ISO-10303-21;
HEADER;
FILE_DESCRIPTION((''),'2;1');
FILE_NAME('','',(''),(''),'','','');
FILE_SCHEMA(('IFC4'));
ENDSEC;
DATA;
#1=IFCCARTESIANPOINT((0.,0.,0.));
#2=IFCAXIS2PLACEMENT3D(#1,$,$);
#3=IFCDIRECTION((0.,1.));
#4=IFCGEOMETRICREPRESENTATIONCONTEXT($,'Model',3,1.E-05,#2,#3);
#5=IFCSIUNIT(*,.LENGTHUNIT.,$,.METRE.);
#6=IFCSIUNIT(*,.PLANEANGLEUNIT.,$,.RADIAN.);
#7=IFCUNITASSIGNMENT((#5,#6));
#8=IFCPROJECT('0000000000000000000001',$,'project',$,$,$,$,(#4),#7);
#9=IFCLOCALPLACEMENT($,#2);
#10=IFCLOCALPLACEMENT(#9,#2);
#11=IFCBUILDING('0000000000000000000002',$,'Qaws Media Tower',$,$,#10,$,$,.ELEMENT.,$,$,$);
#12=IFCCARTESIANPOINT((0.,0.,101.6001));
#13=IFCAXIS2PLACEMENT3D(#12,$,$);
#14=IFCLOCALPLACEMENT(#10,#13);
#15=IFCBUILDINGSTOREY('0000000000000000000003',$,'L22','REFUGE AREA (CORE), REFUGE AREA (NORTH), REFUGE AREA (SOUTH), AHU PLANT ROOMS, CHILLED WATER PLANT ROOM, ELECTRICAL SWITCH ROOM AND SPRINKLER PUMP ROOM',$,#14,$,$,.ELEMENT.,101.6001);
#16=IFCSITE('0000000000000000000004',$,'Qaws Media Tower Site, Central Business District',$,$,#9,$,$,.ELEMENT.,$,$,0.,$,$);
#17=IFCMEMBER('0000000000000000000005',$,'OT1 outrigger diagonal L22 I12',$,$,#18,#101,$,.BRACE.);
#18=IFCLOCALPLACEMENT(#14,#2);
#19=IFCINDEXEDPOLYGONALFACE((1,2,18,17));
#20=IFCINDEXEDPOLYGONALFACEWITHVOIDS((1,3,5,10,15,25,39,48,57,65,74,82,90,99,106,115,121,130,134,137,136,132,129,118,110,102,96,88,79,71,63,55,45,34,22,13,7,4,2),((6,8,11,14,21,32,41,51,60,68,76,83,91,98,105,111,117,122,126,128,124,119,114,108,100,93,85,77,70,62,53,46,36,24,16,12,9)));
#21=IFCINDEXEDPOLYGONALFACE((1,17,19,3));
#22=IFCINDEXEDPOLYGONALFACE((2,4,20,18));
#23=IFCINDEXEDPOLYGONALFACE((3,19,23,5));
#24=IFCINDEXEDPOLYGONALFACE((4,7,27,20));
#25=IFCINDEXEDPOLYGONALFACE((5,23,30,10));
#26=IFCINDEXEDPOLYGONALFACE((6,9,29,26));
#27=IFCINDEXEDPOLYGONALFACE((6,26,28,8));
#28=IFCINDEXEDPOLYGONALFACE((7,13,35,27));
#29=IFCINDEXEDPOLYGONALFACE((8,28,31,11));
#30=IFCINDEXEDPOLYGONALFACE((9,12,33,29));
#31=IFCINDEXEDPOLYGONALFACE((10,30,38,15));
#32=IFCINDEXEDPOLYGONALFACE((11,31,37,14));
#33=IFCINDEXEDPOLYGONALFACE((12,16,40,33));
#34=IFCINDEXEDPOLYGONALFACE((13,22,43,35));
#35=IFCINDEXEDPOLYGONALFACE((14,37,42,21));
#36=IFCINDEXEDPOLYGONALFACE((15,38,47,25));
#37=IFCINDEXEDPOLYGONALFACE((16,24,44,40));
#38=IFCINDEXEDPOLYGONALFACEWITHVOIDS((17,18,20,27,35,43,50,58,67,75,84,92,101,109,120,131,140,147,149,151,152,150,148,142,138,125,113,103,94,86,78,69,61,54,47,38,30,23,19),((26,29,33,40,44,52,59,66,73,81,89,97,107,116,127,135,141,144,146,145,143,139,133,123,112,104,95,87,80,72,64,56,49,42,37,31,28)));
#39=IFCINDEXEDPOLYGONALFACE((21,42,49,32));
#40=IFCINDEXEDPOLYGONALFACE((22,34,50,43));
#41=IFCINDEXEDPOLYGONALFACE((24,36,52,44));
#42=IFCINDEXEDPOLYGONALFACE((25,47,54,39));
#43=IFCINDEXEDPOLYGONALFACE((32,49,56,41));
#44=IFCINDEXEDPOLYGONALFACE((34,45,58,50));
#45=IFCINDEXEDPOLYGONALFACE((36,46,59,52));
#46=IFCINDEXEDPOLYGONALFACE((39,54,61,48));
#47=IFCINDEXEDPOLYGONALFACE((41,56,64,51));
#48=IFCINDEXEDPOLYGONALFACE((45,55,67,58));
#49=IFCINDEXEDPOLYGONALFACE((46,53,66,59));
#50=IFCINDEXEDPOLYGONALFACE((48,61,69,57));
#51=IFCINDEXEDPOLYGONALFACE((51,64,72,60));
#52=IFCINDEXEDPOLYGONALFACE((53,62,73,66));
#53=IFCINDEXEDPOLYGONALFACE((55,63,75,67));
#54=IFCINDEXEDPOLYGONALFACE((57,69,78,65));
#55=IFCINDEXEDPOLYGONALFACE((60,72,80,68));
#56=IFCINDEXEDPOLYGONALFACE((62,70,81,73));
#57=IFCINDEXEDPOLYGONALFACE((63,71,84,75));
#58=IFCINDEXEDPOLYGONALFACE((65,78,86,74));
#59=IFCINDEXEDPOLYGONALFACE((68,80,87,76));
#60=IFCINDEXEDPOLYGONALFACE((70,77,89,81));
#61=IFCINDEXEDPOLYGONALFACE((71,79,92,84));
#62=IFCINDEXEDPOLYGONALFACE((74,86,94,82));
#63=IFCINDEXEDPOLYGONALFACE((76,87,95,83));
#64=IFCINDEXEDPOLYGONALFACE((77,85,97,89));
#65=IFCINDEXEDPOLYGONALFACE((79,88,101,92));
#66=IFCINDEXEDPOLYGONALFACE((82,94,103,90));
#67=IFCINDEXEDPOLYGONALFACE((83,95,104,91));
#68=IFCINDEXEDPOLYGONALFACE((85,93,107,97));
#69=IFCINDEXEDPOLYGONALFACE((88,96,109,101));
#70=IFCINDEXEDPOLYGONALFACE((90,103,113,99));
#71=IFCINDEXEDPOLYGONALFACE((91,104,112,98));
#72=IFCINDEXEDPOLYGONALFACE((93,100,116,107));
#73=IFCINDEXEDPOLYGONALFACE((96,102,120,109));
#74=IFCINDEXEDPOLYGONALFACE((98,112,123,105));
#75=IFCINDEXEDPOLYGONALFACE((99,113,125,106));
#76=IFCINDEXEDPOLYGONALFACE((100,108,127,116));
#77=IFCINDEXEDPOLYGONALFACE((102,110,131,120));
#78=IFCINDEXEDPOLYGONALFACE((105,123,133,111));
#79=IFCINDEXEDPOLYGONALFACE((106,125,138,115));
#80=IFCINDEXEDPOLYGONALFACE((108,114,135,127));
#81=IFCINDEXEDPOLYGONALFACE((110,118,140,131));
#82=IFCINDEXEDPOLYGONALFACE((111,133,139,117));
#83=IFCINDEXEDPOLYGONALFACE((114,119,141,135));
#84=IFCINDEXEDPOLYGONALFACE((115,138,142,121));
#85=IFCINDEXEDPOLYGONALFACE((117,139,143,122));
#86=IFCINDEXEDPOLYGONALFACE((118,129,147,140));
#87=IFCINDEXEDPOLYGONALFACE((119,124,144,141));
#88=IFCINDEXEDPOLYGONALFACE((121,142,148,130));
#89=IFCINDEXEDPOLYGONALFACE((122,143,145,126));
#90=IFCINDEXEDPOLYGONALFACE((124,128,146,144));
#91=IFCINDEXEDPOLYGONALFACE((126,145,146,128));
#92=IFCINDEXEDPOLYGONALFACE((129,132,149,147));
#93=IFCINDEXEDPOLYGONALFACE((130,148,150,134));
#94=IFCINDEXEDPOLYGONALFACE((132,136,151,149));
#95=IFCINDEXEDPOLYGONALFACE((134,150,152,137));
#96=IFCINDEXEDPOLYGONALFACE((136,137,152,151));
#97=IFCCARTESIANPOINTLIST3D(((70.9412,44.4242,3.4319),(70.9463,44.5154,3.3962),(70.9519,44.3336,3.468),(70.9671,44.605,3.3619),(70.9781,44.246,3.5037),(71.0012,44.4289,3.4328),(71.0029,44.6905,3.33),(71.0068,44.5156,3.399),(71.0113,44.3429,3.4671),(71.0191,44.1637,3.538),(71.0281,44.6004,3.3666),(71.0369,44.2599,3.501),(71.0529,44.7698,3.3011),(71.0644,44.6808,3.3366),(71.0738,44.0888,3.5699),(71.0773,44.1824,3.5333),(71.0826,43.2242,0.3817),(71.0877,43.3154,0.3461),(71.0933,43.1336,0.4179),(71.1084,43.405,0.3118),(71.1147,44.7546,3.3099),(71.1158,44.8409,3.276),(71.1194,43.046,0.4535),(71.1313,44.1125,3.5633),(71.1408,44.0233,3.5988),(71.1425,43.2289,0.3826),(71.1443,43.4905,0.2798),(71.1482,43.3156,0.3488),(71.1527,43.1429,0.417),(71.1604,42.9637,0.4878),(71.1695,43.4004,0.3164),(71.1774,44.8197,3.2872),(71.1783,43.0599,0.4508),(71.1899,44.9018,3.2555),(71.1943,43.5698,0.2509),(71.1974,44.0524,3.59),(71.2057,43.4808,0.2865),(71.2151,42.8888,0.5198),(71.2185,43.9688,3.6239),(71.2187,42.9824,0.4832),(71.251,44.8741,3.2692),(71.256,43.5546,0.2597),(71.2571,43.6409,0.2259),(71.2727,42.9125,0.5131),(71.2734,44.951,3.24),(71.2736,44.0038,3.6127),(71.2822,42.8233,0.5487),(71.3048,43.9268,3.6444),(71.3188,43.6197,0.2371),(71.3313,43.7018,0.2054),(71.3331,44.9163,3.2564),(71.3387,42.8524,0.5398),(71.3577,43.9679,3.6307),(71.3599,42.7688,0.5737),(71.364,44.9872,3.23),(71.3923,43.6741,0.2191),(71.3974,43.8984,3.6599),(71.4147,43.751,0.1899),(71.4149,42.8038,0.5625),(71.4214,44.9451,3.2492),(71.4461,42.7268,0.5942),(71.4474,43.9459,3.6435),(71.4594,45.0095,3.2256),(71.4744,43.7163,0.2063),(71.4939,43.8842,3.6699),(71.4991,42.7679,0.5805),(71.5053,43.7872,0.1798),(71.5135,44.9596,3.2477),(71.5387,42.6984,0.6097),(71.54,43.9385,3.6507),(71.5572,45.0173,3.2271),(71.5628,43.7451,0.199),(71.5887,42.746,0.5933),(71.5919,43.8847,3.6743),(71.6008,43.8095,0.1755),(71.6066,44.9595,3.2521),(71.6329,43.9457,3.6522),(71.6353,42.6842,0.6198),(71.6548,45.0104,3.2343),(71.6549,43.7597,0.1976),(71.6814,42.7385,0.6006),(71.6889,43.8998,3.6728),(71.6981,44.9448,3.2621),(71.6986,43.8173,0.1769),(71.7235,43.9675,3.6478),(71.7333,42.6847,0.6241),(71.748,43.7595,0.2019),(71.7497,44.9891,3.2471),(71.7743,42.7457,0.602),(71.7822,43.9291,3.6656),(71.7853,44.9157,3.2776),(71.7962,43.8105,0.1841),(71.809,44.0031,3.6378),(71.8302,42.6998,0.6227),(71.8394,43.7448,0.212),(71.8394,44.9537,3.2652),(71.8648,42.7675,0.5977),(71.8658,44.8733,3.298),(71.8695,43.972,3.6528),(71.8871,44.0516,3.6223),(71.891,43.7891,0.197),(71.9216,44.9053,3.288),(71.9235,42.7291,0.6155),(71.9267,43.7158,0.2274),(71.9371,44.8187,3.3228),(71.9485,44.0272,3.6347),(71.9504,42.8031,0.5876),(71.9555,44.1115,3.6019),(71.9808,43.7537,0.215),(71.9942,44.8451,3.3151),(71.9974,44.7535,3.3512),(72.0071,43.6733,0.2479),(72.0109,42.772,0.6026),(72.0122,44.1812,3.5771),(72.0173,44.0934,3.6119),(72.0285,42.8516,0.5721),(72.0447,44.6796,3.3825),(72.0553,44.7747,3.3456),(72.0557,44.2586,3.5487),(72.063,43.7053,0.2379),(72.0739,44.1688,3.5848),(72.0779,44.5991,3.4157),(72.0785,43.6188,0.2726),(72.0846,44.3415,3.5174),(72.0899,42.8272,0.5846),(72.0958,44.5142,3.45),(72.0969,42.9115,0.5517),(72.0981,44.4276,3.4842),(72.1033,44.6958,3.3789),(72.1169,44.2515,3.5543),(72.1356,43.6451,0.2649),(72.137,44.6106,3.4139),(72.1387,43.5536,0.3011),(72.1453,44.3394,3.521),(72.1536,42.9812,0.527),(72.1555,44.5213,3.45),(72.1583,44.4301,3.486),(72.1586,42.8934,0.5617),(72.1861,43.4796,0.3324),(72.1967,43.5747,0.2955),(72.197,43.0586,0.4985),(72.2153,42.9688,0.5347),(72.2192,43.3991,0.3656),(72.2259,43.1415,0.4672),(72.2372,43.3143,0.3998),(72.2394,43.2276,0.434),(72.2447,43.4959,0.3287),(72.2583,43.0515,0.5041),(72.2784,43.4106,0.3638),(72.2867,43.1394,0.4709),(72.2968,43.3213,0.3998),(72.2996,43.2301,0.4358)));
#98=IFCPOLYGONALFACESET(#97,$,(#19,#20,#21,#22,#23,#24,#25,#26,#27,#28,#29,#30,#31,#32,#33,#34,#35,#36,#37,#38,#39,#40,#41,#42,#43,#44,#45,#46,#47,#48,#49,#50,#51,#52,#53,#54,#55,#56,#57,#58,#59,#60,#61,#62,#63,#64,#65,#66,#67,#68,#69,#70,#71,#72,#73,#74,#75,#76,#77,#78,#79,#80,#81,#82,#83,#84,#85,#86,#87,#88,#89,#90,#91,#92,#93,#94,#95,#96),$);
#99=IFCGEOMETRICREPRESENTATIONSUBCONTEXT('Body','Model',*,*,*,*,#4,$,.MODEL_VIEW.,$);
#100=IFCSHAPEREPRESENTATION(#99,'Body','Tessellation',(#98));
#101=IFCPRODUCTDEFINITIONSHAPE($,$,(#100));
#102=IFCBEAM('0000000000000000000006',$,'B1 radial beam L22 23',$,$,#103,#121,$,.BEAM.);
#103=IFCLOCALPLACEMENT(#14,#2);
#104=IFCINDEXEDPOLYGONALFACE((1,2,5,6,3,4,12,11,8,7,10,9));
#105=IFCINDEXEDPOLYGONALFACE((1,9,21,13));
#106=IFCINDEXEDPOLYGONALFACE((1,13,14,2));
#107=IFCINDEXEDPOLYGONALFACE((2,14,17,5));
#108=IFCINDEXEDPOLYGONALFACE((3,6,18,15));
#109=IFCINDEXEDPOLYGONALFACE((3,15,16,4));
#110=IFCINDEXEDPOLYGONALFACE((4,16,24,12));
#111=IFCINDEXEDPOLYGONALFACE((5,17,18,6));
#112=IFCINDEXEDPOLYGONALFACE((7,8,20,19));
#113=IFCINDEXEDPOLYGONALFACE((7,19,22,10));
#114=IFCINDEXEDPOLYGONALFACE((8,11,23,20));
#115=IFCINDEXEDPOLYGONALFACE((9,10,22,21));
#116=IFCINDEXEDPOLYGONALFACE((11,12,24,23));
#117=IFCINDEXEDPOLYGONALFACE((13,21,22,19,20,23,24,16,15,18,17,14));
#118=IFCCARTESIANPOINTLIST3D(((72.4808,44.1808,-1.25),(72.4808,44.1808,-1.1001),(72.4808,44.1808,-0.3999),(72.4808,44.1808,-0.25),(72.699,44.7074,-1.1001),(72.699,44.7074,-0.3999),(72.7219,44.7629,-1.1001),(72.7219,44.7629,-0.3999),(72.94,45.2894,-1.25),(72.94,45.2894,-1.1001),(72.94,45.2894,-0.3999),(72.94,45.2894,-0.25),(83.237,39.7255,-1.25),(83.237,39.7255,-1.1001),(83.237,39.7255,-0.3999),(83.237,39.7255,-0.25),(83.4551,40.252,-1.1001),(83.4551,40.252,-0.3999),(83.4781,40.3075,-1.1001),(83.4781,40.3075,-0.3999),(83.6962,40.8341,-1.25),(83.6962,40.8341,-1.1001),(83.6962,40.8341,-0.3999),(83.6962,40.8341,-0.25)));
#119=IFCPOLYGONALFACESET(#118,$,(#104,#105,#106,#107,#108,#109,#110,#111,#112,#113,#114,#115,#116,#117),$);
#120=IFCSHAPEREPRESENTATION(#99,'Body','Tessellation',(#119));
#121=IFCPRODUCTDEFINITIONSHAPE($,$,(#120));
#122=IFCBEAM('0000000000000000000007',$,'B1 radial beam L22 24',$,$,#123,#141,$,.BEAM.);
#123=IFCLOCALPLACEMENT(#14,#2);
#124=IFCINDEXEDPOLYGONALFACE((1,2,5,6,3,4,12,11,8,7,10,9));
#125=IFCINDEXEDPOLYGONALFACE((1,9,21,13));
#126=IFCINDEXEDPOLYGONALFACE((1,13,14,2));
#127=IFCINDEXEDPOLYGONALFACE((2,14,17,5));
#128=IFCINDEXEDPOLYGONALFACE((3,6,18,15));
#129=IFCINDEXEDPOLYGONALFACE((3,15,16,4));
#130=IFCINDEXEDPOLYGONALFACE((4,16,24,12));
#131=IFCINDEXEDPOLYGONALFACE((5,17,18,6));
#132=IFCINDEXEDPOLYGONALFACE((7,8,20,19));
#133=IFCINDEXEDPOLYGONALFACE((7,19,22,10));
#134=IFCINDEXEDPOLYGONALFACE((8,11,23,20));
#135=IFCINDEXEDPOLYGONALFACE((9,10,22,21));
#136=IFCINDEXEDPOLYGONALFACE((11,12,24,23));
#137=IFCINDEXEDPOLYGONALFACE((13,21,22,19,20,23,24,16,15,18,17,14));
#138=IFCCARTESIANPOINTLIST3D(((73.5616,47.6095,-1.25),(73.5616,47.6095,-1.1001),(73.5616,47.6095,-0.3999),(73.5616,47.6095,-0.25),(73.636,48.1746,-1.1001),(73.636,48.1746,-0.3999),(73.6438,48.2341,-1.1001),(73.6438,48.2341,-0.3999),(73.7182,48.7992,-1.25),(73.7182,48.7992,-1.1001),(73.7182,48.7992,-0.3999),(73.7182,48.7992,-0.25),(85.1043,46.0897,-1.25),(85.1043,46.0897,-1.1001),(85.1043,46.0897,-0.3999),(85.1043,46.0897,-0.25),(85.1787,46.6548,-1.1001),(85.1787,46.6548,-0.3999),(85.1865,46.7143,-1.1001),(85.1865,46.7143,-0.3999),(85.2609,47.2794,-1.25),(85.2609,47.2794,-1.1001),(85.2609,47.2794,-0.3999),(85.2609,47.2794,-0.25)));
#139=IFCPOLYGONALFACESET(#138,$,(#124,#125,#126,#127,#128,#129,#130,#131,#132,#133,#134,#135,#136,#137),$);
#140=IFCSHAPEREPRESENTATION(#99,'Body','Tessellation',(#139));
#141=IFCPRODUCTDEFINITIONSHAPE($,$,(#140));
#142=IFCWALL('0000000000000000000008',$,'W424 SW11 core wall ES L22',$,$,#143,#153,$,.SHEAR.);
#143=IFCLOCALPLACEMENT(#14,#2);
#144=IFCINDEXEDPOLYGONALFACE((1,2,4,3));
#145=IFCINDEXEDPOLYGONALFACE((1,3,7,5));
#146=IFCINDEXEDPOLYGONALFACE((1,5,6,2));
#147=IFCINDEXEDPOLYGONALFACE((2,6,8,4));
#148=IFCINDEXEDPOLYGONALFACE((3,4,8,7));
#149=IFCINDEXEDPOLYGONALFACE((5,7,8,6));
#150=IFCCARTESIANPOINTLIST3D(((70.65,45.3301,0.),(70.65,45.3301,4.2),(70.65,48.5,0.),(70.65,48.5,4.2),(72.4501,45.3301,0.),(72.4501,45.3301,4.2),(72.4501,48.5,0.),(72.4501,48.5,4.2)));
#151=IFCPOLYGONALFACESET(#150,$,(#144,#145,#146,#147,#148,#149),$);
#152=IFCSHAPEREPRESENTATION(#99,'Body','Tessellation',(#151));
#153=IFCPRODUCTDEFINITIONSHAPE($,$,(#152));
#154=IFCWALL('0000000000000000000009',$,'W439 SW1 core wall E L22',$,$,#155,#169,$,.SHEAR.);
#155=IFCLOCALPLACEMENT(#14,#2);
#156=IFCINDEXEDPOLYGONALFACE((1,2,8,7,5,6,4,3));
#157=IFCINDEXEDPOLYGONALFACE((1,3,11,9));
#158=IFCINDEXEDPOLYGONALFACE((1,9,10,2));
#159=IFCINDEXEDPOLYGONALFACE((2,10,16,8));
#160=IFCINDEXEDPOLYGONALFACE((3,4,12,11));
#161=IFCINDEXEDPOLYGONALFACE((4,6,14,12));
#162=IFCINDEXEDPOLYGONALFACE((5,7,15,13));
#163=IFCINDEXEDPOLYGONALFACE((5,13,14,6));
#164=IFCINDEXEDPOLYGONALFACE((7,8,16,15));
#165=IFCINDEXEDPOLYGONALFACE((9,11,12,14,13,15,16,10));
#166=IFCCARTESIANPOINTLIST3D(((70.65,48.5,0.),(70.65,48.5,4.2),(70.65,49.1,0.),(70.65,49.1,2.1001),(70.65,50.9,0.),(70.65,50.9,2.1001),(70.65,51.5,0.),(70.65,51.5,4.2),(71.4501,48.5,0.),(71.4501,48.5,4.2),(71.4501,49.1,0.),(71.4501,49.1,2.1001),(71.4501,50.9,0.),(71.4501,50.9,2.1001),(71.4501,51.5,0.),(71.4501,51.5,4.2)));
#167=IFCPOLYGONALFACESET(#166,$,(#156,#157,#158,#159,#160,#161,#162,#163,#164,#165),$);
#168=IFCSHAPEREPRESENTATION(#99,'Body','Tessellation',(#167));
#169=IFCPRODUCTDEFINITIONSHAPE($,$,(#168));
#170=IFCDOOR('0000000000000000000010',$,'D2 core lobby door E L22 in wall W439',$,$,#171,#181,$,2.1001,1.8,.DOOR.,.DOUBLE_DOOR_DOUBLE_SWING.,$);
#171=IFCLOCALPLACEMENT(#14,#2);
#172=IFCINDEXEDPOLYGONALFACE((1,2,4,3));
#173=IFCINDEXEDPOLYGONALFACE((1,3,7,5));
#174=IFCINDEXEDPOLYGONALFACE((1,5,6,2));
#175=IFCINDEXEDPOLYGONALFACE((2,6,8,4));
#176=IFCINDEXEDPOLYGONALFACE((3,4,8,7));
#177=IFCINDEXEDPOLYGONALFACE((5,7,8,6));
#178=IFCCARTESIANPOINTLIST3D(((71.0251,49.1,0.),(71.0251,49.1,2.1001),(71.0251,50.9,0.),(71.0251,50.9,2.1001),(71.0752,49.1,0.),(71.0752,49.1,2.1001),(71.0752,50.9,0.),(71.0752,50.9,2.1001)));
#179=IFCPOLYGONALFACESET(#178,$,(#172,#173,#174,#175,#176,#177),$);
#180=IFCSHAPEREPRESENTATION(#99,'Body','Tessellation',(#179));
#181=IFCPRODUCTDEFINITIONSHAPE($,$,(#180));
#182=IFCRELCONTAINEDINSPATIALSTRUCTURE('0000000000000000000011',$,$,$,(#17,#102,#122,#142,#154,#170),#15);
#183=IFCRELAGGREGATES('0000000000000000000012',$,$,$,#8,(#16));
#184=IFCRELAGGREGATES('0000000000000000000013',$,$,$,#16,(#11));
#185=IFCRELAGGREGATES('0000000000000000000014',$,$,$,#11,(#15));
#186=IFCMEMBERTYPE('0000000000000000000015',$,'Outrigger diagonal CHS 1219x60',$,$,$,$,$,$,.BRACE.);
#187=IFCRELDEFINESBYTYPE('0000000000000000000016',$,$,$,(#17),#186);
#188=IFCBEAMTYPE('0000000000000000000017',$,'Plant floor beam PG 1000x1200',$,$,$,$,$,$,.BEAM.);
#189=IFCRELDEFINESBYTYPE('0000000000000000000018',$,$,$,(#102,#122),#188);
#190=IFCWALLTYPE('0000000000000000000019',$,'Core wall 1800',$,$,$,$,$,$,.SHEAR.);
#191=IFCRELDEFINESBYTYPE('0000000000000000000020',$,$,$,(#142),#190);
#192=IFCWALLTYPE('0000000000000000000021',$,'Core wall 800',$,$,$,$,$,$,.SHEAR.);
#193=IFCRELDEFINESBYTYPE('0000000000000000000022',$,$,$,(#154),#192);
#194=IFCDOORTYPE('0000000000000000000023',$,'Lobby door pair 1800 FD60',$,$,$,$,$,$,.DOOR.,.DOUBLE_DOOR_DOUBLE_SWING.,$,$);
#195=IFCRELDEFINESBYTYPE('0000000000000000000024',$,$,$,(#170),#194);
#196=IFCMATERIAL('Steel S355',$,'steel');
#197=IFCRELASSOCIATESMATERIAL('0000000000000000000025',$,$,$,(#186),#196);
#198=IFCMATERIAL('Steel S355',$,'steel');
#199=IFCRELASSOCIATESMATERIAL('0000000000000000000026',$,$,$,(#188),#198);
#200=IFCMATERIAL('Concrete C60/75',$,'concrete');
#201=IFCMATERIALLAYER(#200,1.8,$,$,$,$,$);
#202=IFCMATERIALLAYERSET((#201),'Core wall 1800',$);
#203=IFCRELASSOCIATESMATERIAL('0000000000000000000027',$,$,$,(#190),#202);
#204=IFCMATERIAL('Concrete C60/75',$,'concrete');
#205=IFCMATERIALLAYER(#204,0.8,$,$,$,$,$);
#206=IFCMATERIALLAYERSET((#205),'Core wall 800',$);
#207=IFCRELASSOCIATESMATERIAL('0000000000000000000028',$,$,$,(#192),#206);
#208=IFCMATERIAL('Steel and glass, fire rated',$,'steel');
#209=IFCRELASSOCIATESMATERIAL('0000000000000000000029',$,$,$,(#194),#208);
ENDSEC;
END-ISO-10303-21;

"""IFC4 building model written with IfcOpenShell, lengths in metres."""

from ifc_helpers import new_model, si_unit, direction, frame, frame_2d, origin, origin_2d, place, context, subcontext, project, spatial, rectangle, hollow_circle, i_section, extrude, material, layer, layer_set, material_profile, profile_set, type_object, element, fill, save


model = new_model("IFC4")

# Units and contexts
model_context = context("Model", 3, precision=1e-05, world=origin(), true_north=direction((0.0, 1.0)))
body_context = subcontext(model_context, "Body", "Model", "MODEL_VIEW")
ifc_project = project(units=[si_unit("LENGTHUNIT", "METRE"), si_unit("PLANEANGLEUNIT", "RADIAN")], contexts=[model_context])

# Site, building, storey
site_placement = place(None, origin())
site = spatial("IfcSite", under=ifc_project, at=site_placement, Name="Qaws Media Tower Site, Central Business District", CompositionType="ELEMENT", RefElevation=0.0)
building_placement = place(site_placement, origin())
building = spatial("IfcBuilding", under=site, at=building_placement, Name="Qaws Media Tower", CompositionType="ELEMENT")
storey_placement = place(building_placement, frame((0.0, 0.0, 101.6001)))
storey = spatial("IfcBuildingStorey", under=building, at=storey_placement, Name="L22", Description="REFUGE AREA (CORE), REFUGE AREA (NORTH), REFUGE AREA (SOUTH), AHU PLANT ROOMS, CHILLED WATER PLANT ROOM, ELECTRICAL SWITCH ROOM AND SPRINKLER PUMP ROOM", CompositionType="ELEMENT", Elevation=101.6001)

# Member
ifc_material_1 = material(Name="Steel S355", Category="steel")
ifc_material_profile_1 = material_profile(ifc_material_1, hollow_circle(Radius=0.6096, WallThickness=0.0601, at=origin_2d()), Name="CHS 1219x60")
ifc_profile_set_1 = profile_set([ifc_material_profile_1], Name="Steel S355")
member_type_1 = type_object("IfcMemberType", Name="Outrigger diagonal CHS 1219x60", PredefinedType="BRACE", material=ifc_profile_set_1)
member_1_placement = place(storey_placement, frame((71.55, 44.45, 3.45), z_axis=(0.043088, -0.365766, -0.929709), x_axis=(0.993133, 0.116994, 0.0)))
element("IfcMember", 1, at=member_1_placement, inside=storey, type_object=member_type_1, Name="OT1 outrigger diagonal L22 I12", PredefinedType="BRACE", context=body_context, shape_type="SweptSolid", body=[
    extrude(hollow_circle(Radius=0.6096, WallThickness=0.0601, at=origin_2d()), origin(), (0.0, 0.0, 1.0), 3.2808),
])

# Beams
ifc_material_2 = material(Name="Steel S355", Category="steel")
ifc_material_profile_2 = material_profile(ifc_material_2, i_section(OverallWidth=1.2, OverallDepth=1.0, WebThickness=0.0601, FlangeThickness=0.1499, at=origin_2d()), Name="PG 1000x1200")
ifc_profile_set_2 = profile_set([ifc_material_profile_2], Name="Steel S355")
beam_type_1 = type_object("IfcBeamType", Name="Plant floor beam PG 1000x1200", PredefinedType="BEAM", material=ifc_profile_set_2)
for number, where, z_axis, x_axis, name in (
    (2, (72.7104, 44.7351, -0.75), (0.92388, -0.382683, 0.0), (0.382683, 0.92388, 0.0), "B1 radial beam L22 23"),
    (3, (73.6399, 48.2043, -0.75), (0.991443, -0.130539, 0.0), (0.130539, 0.991443, 0.0), "B1 radial beam L22 24"),
):
    element("IfcBeam", number, at=place(storey_placement, frame(where, z_axis=z_axis, x_axis=x_axis)), inside=storey, type_object=beam_type_1, Name=name, PredefinedType="BEAM", context=body_context, shape_type="SweptSolid", body=[
        extrude(i_section(OverallWidth=1.2, OverallDepth=1.0, WebThickness=0.0601, FlangeThickness=0.1499, at=origin_2d()), origin(), (0.0, 0.0, 1.0), 11.6423),
    ])

# Wall
ifc_material_3 = material(Name="Concrete C60/75", Category="concrete")
ifc_layer_1 = layer(ifc_material_3, 1.8)
ifc_layer_set_1 = layer_set([ifc_layer_1], Name="Core wall 1800")
wall_type_1 = type_object("IfcWallType", Name="Core wall 1800", PredefinedType="SHEAR", material=ifc_layer_set_1)
wall_1_placement = place(storey_placement, frame((71.55, 45.3301, 0.0), z_axis=(0.0, 0.0, 1.0), x_axis=(0.0, 1.0, 0.0)))
element("IfcWall", 4, at=wall_1_placement, inside=storey, type_object=wall_type_1, Name="W424 SW11 core wall ES L22", PredefinedType="SHEAR", context=body_context, shape_type="SweptSolid", body=[
    extrude(rectangle(XDim=3.1699, YDim=1.8, at=frame_2d((1.585, 0.0))), origin(), (0.0, 0.0, 1.0), 4.2),
])

# Wall, opening, door
ifc_material_4 = material(Name="Concrete C60/75", Category="concrete")
ifc_layer_2 = layer(ifc_material_4, 0.8)
ifc_layer_set_2 = layer_set([ifc_layer_2], Name="Core wall 800")
wall_type_2 = type_object("IfcWallType", Name="Core wall 800", PredefinedType="SHEAR", material=ifc_layer_set_2)
wall_2_placement = place(storey_placement, frame((71.05, 48.5, 0.0), z_axis=(0.0, 0.0, 1.0), x_axis=(0.0, 1.0, 0.0)))
wall_2 = element("IfcWall", 5, at=wall_2_placement, inside=storey, type_object=wall_type_2, Name="W439 SW1 core wall E L22", PredefinedType="SHEAR", context=body_context, shape_type="SweptSolid", body=[
    extrude(rectangle(XDim=3.0, YDim=0.8, at=frame_2d((1.5, 0.0))), origin(), (0.0, 0.0, 1.0), 4.2),
])
opening_1_placement = place(wall_2_placement, frame((0.6001, 0.0, 0.0)))
opening_1 = element("IfcOpeningElement", 6, at=opening_1_placement, cuts=wall_2, PredefinedType="OPENING", context=body_context, shape_type="SweptSolid", body=[
    extrude(rectangle(XDim=1.8, YDim=2.1001, at=frame_2d((0.8999, 1.05))), frame((0.0, 0.4099, 0.0), z_axis=(0.0, -1.0, 0.0), x_axis=(1.0, 0.0, 0.0)), (0.0, 0.0, 1.0), 0.8201),
])
ifc_material_5 = material(Name="Steel and glass, fire rated", Category="steel")
door_type_1 = type_object("IfcDoorType", Name="Lobby door pair 1800 FD60", OperationType="DOUBLE_DOOR_DOUBLE_SWING", PredefinedType="DOOR", material=ifc_material_5)
door_1_placement = place(opening_1_placement, origin())
door_1 = element("IfcDoor", 7, at=door_1_placement, inside=storey, type_object=door_type_1, Name="D2 core lobby door E L22 in wall W439", OperationType="DOUBLE_DOOR_DOUBLE_SWING", OverallHeight=2.1001, OverallWidth=1.8, PredefinedType="DOOR", context=body_context, shape_type="SweptSolid", body=[
    extrude(rectangle(XDim=1.8, YDim=2.1001, at=frame_2d((0.8999, 1.05))), frame((0.0, 0.0249, 0.0), z_axis=(0.0, -1.0, 0.0), x_axis=(1.0, 0.0, 0.0)), (0.0, 0.0, 1.0), 0.05),
])
fill(opening_1, door_1)

save(model, "model.ifc")
